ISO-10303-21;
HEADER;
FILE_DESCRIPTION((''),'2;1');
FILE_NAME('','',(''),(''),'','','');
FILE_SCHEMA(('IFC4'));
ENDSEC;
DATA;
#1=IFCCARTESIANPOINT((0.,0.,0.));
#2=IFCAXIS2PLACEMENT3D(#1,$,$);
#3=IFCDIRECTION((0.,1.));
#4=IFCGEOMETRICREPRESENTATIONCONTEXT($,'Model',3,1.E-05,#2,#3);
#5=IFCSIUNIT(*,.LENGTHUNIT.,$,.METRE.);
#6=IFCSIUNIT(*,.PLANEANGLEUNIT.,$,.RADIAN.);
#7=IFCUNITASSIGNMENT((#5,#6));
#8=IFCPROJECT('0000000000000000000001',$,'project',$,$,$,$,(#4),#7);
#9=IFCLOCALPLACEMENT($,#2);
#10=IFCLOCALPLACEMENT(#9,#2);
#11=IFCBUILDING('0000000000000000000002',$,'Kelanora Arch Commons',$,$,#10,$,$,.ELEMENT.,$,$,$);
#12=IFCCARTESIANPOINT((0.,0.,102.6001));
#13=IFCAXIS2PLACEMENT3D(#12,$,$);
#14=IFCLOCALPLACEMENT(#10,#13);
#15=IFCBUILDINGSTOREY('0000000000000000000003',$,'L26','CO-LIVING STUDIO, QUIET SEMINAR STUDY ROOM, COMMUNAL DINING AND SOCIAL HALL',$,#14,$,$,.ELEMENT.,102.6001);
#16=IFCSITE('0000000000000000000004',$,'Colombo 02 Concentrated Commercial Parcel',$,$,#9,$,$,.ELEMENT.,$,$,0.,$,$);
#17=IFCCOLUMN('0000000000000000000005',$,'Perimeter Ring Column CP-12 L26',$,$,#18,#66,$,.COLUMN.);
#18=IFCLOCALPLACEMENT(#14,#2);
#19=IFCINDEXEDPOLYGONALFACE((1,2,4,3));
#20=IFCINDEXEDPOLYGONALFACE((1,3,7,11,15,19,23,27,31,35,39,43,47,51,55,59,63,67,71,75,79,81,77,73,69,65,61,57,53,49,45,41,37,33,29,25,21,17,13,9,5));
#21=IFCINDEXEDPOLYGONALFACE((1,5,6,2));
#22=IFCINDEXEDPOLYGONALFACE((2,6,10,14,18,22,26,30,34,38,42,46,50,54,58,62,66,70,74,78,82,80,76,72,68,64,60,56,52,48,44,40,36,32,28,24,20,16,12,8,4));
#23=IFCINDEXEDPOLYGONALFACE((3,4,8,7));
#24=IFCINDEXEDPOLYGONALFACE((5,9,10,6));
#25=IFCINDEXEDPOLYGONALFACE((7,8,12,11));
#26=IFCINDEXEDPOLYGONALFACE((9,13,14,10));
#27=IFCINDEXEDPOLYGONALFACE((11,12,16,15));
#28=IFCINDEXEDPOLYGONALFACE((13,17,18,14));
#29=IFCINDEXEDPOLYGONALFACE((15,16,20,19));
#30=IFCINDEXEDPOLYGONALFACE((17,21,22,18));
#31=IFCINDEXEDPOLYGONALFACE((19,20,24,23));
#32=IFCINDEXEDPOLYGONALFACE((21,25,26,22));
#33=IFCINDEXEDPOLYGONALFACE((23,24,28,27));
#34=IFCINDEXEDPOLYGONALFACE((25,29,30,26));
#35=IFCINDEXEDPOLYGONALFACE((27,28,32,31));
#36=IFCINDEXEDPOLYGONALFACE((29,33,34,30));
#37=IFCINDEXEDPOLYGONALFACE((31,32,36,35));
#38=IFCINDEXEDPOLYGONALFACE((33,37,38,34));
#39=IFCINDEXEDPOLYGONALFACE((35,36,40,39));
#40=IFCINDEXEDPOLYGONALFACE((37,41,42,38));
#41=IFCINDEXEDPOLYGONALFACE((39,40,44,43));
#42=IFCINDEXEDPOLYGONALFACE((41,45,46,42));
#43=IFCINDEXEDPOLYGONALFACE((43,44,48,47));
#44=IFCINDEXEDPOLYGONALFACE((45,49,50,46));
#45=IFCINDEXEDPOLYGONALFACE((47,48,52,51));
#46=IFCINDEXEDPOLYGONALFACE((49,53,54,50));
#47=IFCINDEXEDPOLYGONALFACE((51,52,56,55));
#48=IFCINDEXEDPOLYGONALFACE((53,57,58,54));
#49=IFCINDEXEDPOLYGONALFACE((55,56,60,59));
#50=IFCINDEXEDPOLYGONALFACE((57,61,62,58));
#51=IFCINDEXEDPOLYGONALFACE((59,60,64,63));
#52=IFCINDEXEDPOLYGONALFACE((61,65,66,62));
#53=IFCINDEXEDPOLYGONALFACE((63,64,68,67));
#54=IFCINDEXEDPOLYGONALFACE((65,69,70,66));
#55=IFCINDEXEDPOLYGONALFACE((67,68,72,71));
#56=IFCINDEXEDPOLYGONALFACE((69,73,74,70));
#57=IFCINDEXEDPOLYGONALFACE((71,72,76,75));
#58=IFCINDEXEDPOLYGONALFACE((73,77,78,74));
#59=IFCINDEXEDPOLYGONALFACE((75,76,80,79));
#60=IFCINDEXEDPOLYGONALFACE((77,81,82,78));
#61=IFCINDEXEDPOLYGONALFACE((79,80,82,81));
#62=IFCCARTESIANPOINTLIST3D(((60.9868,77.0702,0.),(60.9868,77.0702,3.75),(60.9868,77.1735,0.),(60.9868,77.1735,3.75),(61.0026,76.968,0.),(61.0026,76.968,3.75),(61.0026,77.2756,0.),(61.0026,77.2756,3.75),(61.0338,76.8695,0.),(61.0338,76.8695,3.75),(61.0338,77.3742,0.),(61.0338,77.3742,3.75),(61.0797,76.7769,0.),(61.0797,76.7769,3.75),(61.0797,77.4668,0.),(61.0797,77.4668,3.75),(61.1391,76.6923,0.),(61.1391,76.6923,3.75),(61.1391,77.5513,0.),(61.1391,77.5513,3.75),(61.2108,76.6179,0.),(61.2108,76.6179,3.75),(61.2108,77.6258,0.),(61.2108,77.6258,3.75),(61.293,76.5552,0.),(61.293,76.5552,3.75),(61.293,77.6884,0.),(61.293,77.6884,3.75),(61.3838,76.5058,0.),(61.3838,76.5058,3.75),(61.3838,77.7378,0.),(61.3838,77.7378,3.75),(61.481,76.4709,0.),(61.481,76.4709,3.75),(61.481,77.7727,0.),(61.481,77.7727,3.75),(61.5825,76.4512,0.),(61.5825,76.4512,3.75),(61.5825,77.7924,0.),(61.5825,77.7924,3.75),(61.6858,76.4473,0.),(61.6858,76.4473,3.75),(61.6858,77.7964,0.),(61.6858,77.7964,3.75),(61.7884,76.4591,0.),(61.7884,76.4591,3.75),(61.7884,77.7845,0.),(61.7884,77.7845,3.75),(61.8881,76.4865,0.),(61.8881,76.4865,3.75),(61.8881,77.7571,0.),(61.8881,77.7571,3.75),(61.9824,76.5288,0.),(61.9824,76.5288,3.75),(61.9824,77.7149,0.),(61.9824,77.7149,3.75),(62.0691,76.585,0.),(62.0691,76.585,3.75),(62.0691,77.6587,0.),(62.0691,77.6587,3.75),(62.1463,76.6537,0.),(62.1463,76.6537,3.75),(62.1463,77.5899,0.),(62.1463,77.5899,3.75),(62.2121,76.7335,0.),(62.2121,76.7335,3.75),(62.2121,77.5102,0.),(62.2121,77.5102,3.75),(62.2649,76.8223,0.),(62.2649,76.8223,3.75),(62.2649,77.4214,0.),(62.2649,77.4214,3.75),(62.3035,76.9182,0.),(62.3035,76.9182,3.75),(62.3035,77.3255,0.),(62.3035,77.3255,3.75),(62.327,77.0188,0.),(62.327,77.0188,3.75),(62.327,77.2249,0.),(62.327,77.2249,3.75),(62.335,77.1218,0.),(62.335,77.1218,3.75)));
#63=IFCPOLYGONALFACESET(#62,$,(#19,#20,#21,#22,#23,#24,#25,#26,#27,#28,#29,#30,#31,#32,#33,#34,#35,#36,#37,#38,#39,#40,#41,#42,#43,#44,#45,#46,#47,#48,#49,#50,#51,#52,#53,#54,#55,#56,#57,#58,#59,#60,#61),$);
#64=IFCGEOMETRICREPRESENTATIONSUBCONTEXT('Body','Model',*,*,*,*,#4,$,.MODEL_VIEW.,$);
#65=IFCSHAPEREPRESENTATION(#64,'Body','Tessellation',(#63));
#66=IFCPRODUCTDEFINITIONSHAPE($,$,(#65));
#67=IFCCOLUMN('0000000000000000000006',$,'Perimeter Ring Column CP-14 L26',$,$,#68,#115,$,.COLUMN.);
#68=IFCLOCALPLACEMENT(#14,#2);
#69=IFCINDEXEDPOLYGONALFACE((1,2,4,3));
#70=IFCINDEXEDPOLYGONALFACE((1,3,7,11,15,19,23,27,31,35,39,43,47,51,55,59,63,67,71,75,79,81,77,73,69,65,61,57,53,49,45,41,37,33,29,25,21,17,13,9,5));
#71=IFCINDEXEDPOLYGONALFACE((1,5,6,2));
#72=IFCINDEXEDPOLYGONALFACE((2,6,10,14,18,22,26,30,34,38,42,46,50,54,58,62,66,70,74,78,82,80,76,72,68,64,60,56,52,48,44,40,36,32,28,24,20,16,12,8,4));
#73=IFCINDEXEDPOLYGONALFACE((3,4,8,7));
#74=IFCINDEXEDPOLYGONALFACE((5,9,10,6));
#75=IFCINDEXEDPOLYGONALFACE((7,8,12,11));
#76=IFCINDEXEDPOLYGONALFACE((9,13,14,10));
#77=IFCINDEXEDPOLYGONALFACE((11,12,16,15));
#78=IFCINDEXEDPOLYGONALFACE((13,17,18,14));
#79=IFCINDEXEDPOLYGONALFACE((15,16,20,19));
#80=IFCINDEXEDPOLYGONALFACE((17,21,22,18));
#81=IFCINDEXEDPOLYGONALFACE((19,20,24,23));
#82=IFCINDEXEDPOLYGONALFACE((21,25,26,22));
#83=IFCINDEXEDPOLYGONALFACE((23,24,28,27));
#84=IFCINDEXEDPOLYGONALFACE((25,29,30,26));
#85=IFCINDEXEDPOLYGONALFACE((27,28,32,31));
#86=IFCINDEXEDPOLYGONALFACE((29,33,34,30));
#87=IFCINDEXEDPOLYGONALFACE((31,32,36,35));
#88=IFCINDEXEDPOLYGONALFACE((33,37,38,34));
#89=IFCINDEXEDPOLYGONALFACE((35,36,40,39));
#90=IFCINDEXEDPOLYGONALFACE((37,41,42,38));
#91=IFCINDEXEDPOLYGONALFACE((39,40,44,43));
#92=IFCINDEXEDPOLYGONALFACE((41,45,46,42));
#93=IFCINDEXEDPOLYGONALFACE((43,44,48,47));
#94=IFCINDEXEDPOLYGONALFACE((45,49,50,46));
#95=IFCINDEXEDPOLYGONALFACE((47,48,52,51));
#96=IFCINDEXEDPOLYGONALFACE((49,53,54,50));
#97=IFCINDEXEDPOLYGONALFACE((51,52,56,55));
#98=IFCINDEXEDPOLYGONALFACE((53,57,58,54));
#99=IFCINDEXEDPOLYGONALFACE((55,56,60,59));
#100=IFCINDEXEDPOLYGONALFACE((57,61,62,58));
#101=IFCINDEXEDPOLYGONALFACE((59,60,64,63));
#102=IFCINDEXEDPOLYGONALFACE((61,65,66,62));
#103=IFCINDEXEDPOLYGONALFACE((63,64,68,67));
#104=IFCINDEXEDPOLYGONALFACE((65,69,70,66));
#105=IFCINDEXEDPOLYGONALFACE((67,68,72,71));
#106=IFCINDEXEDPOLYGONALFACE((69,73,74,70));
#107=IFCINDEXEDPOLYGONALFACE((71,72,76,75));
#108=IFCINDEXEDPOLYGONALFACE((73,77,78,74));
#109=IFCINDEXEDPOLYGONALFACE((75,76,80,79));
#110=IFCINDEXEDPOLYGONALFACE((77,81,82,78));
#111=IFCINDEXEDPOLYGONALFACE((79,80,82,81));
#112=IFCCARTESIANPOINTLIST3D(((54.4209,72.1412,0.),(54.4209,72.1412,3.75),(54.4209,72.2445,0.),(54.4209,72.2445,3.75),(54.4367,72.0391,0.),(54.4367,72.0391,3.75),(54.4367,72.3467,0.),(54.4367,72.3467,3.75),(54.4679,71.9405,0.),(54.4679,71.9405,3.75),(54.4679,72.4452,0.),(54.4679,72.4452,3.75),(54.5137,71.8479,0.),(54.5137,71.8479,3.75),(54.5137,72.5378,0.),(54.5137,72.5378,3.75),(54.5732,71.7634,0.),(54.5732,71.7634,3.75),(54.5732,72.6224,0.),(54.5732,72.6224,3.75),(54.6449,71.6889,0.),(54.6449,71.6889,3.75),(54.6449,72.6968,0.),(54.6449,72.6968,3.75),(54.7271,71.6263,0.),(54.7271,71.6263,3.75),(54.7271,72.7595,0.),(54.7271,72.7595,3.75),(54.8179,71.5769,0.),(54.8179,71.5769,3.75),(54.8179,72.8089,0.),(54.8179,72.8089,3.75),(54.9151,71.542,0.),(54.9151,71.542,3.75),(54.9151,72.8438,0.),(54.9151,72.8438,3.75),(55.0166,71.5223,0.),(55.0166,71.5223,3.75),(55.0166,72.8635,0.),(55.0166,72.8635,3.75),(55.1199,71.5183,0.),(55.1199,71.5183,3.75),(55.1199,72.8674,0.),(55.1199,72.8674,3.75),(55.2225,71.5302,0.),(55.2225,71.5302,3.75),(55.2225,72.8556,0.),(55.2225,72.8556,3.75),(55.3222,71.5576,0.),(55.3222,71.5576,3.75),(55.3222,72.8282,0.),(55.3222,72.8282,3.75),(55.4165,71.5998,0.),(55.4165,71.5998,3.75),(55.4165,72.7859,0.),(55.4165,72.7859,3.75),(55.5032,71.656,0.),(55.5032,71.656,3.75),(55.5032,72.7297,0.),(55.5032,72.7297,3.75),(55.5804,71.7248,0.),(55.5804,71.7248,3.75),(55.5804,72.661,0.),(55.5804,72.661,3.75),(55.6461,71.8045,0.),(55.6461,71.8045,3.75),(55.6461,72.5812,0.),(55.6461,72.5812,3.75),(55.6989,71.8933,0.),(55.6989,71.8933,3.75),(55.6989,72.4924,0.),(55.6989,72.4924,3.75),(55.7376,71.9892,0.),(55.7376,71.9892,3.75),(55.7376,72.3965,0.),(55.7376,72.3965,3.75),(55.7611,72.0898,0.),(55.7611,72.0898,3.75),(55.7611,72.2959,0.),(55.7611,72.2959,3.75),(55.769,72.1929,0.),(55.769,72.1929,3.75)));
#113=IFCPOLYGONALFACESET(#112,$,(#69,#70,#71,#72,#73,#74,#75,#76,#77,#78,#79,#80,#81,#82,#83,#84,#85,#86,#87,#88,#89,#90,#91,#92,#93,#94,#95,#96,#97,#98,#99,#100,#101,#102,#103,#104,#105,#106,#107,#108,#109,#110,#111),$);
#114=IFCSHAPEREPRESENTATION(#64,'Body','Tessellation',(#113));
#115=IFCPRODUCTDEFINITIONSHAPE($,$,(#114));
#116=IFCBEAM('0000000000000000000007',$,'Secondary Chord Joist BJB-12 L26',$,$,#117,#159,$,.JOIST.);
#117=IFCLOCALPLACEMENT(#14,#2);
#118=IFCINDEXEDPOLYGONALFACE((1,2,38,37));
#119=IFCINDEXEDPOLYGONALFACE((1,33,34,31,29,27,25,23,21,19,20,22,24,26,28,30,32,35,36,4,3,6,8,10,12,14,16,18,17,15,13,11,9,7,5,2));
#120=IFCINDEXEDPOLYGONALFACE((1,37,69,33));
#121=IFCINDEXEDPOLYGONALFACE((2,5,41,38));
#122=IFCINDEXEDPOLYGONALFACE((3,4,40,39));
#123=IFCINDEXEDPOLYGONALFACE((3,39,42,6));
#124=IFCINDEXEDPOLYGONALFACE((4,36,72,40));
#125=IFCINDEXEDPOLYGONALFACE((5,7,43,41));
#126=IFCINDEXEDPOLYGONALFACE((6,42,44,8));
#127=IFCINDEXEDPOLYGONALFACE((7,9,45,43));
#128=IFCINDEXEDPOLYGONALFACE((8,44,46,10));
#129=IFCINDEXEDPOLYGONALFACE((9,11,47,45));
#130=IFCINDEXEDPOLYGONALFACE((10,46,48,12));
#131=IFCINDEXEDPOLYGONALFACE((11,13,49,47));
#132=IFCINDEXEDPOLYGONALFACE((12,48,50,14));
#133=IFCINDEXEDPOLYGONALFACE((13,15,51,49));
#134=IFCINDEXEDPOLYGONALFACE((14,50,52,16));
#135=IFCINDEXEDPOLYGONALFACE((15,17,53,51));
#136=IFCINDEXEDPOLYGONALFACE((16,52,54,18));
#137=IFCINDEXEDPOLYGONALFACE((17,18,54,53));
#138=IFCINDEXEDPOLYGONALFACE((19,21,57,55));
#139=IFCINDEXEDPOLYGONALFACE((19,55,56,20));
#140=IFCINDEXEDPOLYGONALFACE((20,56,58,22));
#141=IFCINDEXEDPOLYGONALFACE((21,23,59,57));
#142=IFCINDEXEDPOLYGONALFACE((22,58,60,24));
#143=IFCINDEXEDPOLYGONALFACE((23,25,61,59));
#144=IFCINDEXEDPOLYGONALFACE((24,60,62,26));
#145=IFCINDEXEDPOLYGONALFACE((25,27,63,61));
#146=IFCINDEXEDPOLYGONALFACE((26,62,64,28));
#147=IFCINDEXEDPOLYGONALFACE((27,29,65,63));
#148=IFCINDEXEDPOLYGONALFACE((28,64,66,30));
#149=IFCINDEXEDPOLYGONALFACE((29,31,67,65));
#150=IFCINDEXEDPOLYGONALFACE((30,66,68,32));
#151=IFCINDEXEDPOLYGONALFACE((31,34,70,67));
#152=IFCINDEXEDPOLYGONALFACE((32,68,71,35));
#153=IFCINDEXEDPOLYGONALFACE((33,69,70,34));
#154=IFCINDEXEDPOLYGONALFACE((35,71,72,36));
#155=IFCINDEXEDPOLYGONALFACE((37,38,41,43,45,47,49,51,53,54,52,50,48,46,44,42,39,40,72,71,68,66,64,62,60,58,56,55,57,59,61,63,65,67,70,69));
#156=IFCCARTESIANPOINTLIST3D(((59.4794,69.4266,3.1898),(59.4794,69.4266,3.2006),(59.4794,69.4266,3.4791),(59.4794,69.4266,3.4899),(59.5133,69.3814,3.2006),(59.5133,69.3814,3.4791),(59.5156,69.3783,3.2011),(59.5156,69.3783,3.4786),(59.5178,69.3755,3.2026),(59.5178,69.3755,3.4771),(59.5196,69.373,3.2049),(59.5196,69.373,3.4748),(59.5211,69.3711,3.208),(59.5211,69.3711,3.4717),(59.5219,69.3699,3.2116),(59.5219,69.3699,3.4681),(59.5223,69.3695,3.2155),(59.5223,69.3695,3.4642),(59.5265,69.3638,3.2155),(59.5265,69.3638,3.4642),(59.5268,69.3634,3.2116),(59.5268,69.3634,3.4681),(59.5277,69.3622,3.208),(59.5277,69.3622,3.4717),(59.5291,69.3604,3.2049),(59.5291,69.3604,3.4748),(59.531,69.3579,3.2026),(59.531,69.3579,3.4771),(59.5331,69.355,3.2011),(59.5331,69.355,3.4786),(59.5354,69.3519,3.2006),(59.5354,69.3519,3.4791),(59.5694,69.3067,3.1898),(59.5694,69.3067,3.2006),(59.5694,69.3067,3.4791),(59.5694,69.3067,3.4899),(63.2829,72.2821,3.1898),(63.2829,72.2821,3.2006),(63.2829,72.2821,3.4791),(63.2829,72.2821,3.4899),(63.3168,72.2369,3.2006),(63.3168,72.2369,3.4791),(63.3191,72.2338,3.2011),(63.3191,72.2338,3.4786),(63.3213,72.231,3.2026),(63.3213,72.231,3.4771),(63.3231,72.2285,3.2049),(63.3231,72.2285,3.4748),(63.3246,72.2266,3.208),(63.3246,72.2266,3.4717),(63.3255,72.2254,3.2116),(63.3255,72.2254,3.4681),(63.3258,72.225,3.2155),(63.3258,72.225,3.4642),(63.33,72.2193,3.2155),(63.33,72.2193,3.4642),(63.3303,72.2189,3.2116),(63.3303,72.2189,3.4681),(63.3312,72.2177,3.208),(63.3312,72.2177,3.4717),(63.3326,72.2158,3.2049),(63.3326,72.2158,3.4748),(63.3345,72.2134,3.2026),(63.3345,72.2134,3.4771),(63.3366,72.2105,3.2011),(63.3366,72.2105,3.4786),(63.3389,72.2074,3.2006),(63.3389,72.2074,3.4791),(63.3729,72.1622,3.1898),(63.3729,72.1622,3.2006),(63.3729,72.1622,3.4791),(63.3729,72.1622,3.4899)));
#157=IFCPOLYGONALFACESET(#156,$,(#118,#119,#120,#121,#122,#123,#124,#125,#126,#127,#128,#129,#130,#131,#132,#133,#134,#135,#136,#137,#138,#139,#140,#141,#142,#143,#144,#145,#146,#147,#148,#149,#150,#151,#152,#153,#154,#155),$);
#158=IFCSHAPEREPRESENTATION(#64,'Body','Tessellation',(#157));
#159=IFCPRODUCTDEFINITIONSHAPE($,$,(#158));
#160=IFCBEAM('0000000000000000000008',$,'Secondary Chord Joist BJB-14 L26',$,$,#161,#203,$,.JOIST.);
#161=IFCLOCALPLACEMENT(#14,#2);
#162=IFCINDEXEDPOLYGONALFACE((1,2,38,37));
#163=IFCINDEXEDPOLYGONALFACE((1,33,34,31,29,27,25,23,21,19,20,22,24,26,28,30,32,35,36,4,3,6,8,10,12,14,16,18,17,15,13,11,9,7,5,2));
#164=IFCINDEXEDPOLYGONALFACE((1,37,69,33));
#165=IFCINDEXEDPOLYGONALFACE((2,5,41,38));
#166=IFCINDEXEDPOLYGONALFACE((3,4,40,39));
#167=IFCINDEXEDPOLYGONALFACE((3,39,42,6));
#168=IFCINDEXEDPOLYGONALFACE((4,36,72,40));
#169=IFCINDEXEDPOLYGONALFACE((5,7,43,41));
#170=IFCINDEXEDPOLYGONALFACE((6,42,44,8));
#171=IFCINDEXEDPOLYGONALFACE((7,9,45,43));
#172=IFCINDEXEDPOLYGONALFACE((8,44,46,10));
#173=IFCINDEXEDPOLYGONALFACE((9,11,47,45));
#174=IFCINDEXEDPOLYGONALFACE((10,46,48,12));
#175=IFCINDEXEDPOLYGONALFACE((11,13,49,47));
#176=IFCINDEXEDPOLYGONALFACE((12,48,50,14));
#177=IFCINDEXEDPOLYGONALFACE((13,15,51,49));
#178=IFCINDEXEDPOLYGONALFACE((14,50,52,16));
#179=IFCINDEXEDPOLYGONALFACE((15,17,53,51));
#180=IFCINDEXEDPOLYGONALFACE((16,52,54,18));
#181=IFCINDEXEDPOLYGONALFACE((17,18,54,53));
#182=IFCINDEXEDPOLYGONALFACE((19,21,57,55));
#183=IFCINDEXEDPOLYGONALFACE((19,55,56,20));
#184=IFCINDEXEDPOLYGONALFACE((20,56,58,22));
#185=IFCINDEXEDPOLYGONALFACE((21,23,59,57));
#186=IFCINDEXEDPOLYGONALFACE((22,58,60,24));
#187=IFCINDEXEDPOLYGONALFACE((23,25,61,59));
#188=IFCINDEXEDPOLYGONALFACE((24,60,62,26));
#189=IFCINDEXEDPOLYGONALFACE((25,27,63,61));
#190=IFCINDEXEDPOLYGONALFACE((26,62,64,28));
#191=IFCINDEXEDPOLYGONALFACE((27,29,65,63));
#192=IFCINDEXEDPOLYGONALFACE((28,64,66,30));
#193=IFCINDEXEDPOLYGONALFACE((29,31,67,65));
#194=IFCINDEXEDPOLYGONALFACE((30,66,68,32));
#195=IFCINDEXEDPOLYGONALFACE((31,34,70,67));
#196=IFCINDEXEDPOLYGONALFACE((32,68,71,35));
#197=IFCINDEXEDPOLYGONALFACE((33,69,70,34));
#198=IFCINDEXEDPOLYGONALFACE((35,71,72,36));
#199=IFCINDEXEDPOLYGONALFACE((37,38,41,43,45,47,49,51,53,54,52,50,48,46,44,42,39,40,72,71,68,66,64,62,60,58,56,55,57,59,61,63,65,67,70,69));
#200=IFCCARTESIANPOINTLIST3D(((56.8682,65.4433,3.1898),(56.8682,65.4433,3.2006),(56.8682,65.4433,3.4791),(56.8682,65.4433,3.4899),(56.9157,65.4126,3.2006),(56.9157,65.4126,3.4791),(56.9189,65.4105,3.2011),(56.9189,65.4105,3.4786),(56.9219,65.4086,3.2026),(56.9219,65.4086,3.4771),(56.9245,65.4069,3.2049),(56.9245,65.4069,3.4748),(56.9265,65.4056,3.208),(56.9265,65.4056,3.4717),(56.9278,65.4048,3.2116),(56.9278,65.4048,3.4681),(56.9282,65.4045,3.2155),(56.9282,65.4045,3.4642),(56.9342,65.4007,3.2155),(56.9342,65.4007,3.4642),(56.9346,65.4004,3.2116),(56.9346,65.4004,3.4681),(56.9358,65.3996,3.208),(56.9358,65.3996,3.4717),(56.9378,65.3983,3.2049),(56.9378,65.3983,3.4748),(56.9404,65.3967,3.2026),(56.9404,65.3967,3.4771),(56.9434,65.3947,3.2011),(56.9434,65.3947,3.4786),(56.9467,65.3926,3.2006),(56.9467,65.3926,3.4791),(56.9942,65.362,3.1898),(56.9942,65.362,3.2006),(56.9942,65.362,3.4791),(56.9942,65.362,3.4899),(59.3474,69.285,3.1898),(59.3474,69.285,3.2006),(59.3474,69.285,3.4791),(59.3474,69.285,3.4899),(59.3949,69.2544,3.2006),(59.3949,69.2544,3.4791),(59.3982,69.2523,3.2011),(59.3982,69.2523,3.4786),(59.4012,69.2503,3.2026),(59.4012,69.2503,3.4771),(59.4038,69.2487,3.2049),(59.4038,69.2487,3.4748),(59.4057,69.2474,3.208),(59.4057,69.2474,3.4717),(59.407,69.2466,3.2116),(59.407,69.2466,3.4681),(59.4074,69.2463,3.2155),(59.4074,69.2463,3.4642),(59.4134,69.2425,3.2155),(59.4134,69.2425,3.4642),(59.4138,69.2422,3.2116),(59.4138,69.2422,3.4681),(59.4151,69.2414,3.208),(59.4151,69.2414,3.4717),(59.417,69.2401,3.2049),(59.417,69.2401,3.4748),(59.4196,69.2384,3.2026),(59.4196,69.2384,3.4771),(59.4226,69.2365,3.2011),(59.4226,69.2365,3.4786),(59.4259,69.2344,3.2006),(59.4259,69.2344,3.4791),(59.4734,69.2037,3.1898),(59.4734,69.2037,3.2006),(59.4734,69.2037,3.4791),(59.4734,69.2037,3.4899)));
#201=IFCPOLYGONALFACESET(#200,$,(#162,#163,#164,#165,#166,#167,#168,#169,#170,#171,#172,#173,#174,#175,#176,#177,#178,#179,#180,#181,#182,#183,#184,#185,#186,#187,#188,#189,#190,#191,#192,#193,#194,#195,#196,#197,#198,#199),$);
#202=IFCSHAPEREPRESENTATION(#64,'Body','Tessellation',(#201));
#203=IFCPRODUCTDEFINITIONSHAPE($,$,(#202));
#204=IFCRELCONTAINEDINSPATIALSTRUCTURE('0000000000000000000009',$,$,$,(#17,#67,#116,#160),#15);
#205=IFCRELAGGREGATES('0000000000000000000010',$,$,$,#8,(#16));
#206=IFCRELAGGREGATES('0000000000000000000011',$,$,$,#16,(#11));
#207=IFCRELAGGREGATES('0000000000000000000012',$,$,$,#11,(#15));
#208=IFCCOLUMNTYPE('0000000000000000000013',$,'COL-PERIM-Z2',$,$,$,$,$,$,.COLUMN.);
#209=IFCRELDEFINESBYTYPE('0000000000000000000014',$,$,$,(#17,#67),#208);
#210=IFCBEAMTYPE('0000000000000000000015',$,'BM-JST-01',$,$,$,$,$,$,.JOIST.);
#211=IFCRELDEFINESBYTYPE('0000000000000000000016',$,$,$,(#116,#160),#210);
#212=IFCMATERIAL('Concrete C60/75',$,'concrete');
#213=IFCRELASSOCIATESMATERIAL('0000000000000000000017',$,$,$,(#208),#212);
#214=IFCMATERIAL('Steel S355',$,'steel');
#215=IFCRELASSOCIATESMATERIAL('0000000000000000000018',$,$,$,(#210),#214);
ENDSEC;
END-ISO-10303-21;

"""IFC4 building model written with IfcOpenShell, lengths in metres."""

from ifc_helpers import new_model, si_unit, direction, frame, origin, origin_2d, place, context, subcontext, project, spatial, circle, i_section, extrude, material, material_profile, profile_set, type_object, element, save


model = new_model("IFC4")

# Units and contexts
model_context = context("Model", 3, precision=1e-05, world=origin(), true_north=direction((0.0, 1.0)))
body_context = subcontext(model_context, "Body", "Model", "MODEL_VIEW")
ifc_project = project(units=[si_unit("LENGTHUNIT", "METRE"), si_unit("PLANEANGLEUNIT", "RADIAN")], contexts=[model_context])

# Site, building, storey
site_placement = place(None, origin())
site = spatial("IfcSite", under=ifc_project, at=site_placement, Name="Colombo 02 Concentrated Commercial Parcel", CompositionType="ELEMENT", RefElevation=0.0)
building_placement = place(site_placement, origin())
building = spatial("IfcBuilding", under=site, at=building_placement, Name="Kelanora Arch Commons", CompositionType="ELEMENT")
storey_placement = place(building_placement, frame((0.0, 0.0, 102.6001)))
storey = spatial("IfcBuildingStorey", under=building, at=storey_placement, Name="L26", Description="CO-LIVING STUDIO, QUIET SEMINAR STUDY ROOM, COMMUNAL DINING AND SOCIAL HALL", CompositionType="ELEMENT", Elevation=102.6001)

# Columns
ifc_material_1 = material(Name="Concrete C60/75", Category="concrete")
ifc_material_profile_1 = material_profile(ifc_material_1, circle(Radius=0.675, at=origin_2d()), Name="RCC1350")
ifc_profile_set_1 = profile_set([ifc_material_profile_1], Name="Concrete C60/75")
column_type = type_object("IfcColumnType", Name="COL-PERIM-Z2", PredefinedType="COLUMN", material=ifc_profile_set_1)
for number, where, z_axis, x_axis, name in (
    (1, (61.6599, 77.1218, 0.0), (0.0, 0.0, 1.0), (1.0, 0.0, 0.0), "Perimeter Ring Column CP-12 L26"),
    (2, (55.094, 72.1929, 0.0), (0.0, 0.0, 1.0), (1.0, 0.0, 0.0), "Perimeter Ring Column CP-14 L26"),
):
    element("IfcColumn", number, at=place(storey_placement, frame(where, z_axis=z_axis, x_axis=x_axis)), inside=storey, type_object=column_type, Name=name, PredefinedType="COLUMN", context=body_context, shape_type="SweptSolid", body=[
        extrude(circle(Radius=0.675, at=origin_2d()), origin(), (0.0, 0.0, 1.0), 3.75),
    ])

# Beams
ifc_material_2 = material(Name="Steel S355", Category="steel")
ifc_material_profile_2 = material_profile(ifc_material_2, i_section(OverallWidth=0.1499, OverallDepth=0.3, WebThickness=0.0071, FlangeThickness=0.0107, FilletRadius=0.0149, at=origin_2d()), Name="IPE300")
ifc_profile_set_2 = profile_set([ifc_material_profile_2], Name="Steel S355")
beam_type_1 = type_object("IfcBeamType", Name="BM-JST-01", PredefinedType="JOIST", material=ifc_profile_set_2)
beam_1_placement = place(storey_placement, frame((63.3279, 72.2222, 3.3398), z_axis=(-0.79971, -0.600386, 0.0), x_axis=(0.600386, -0.79971, 0.0)))
element("IfcBeam", 3, at=beam_1_placement, inside=storey, type_object=beam_type_1, Name="Secondary Chord Joist BJB-12 L26", PredefinedType="JOIST", context=body_context, shape_type="SweptSolid", body=[
    extrude(i_section(OverallWidth=0.1499, OverallDepth=0.3, WebThickness=0.0071, FlangeThickness=0.0107, FilletRadius=0.0149, at=origin_2d()), origin(), (0.0, 0.0, 1.0), 4.7561),
])
beam_2_placement = place(storey_placement, frame((59.4104, 69.2444, 3.3398), z_axis=(-0.54223, -0.84023, 0.0), x_axis=(0.84023, -0.54223, 0.0)))
element("IfcBeam", 4, at=beam_2_placement, inside=storey, type_object=beam_type_1, Name="Secondary Chord Joist BJB-14 L26", PredefinedType="JOIST", context=body_context, shape_type="SweptSolid", body=[
    extrude(i_section(OverallWidth=0.1499, OverallDepth=0.3, WebThickness=0.0071, FlangeThickness=0.0107, FilletRadius=0.0149, at=origin_2d()), origin(), (0.0, 0.0, 1.0), 4.5723),
])

save(model, "model.ifc")
